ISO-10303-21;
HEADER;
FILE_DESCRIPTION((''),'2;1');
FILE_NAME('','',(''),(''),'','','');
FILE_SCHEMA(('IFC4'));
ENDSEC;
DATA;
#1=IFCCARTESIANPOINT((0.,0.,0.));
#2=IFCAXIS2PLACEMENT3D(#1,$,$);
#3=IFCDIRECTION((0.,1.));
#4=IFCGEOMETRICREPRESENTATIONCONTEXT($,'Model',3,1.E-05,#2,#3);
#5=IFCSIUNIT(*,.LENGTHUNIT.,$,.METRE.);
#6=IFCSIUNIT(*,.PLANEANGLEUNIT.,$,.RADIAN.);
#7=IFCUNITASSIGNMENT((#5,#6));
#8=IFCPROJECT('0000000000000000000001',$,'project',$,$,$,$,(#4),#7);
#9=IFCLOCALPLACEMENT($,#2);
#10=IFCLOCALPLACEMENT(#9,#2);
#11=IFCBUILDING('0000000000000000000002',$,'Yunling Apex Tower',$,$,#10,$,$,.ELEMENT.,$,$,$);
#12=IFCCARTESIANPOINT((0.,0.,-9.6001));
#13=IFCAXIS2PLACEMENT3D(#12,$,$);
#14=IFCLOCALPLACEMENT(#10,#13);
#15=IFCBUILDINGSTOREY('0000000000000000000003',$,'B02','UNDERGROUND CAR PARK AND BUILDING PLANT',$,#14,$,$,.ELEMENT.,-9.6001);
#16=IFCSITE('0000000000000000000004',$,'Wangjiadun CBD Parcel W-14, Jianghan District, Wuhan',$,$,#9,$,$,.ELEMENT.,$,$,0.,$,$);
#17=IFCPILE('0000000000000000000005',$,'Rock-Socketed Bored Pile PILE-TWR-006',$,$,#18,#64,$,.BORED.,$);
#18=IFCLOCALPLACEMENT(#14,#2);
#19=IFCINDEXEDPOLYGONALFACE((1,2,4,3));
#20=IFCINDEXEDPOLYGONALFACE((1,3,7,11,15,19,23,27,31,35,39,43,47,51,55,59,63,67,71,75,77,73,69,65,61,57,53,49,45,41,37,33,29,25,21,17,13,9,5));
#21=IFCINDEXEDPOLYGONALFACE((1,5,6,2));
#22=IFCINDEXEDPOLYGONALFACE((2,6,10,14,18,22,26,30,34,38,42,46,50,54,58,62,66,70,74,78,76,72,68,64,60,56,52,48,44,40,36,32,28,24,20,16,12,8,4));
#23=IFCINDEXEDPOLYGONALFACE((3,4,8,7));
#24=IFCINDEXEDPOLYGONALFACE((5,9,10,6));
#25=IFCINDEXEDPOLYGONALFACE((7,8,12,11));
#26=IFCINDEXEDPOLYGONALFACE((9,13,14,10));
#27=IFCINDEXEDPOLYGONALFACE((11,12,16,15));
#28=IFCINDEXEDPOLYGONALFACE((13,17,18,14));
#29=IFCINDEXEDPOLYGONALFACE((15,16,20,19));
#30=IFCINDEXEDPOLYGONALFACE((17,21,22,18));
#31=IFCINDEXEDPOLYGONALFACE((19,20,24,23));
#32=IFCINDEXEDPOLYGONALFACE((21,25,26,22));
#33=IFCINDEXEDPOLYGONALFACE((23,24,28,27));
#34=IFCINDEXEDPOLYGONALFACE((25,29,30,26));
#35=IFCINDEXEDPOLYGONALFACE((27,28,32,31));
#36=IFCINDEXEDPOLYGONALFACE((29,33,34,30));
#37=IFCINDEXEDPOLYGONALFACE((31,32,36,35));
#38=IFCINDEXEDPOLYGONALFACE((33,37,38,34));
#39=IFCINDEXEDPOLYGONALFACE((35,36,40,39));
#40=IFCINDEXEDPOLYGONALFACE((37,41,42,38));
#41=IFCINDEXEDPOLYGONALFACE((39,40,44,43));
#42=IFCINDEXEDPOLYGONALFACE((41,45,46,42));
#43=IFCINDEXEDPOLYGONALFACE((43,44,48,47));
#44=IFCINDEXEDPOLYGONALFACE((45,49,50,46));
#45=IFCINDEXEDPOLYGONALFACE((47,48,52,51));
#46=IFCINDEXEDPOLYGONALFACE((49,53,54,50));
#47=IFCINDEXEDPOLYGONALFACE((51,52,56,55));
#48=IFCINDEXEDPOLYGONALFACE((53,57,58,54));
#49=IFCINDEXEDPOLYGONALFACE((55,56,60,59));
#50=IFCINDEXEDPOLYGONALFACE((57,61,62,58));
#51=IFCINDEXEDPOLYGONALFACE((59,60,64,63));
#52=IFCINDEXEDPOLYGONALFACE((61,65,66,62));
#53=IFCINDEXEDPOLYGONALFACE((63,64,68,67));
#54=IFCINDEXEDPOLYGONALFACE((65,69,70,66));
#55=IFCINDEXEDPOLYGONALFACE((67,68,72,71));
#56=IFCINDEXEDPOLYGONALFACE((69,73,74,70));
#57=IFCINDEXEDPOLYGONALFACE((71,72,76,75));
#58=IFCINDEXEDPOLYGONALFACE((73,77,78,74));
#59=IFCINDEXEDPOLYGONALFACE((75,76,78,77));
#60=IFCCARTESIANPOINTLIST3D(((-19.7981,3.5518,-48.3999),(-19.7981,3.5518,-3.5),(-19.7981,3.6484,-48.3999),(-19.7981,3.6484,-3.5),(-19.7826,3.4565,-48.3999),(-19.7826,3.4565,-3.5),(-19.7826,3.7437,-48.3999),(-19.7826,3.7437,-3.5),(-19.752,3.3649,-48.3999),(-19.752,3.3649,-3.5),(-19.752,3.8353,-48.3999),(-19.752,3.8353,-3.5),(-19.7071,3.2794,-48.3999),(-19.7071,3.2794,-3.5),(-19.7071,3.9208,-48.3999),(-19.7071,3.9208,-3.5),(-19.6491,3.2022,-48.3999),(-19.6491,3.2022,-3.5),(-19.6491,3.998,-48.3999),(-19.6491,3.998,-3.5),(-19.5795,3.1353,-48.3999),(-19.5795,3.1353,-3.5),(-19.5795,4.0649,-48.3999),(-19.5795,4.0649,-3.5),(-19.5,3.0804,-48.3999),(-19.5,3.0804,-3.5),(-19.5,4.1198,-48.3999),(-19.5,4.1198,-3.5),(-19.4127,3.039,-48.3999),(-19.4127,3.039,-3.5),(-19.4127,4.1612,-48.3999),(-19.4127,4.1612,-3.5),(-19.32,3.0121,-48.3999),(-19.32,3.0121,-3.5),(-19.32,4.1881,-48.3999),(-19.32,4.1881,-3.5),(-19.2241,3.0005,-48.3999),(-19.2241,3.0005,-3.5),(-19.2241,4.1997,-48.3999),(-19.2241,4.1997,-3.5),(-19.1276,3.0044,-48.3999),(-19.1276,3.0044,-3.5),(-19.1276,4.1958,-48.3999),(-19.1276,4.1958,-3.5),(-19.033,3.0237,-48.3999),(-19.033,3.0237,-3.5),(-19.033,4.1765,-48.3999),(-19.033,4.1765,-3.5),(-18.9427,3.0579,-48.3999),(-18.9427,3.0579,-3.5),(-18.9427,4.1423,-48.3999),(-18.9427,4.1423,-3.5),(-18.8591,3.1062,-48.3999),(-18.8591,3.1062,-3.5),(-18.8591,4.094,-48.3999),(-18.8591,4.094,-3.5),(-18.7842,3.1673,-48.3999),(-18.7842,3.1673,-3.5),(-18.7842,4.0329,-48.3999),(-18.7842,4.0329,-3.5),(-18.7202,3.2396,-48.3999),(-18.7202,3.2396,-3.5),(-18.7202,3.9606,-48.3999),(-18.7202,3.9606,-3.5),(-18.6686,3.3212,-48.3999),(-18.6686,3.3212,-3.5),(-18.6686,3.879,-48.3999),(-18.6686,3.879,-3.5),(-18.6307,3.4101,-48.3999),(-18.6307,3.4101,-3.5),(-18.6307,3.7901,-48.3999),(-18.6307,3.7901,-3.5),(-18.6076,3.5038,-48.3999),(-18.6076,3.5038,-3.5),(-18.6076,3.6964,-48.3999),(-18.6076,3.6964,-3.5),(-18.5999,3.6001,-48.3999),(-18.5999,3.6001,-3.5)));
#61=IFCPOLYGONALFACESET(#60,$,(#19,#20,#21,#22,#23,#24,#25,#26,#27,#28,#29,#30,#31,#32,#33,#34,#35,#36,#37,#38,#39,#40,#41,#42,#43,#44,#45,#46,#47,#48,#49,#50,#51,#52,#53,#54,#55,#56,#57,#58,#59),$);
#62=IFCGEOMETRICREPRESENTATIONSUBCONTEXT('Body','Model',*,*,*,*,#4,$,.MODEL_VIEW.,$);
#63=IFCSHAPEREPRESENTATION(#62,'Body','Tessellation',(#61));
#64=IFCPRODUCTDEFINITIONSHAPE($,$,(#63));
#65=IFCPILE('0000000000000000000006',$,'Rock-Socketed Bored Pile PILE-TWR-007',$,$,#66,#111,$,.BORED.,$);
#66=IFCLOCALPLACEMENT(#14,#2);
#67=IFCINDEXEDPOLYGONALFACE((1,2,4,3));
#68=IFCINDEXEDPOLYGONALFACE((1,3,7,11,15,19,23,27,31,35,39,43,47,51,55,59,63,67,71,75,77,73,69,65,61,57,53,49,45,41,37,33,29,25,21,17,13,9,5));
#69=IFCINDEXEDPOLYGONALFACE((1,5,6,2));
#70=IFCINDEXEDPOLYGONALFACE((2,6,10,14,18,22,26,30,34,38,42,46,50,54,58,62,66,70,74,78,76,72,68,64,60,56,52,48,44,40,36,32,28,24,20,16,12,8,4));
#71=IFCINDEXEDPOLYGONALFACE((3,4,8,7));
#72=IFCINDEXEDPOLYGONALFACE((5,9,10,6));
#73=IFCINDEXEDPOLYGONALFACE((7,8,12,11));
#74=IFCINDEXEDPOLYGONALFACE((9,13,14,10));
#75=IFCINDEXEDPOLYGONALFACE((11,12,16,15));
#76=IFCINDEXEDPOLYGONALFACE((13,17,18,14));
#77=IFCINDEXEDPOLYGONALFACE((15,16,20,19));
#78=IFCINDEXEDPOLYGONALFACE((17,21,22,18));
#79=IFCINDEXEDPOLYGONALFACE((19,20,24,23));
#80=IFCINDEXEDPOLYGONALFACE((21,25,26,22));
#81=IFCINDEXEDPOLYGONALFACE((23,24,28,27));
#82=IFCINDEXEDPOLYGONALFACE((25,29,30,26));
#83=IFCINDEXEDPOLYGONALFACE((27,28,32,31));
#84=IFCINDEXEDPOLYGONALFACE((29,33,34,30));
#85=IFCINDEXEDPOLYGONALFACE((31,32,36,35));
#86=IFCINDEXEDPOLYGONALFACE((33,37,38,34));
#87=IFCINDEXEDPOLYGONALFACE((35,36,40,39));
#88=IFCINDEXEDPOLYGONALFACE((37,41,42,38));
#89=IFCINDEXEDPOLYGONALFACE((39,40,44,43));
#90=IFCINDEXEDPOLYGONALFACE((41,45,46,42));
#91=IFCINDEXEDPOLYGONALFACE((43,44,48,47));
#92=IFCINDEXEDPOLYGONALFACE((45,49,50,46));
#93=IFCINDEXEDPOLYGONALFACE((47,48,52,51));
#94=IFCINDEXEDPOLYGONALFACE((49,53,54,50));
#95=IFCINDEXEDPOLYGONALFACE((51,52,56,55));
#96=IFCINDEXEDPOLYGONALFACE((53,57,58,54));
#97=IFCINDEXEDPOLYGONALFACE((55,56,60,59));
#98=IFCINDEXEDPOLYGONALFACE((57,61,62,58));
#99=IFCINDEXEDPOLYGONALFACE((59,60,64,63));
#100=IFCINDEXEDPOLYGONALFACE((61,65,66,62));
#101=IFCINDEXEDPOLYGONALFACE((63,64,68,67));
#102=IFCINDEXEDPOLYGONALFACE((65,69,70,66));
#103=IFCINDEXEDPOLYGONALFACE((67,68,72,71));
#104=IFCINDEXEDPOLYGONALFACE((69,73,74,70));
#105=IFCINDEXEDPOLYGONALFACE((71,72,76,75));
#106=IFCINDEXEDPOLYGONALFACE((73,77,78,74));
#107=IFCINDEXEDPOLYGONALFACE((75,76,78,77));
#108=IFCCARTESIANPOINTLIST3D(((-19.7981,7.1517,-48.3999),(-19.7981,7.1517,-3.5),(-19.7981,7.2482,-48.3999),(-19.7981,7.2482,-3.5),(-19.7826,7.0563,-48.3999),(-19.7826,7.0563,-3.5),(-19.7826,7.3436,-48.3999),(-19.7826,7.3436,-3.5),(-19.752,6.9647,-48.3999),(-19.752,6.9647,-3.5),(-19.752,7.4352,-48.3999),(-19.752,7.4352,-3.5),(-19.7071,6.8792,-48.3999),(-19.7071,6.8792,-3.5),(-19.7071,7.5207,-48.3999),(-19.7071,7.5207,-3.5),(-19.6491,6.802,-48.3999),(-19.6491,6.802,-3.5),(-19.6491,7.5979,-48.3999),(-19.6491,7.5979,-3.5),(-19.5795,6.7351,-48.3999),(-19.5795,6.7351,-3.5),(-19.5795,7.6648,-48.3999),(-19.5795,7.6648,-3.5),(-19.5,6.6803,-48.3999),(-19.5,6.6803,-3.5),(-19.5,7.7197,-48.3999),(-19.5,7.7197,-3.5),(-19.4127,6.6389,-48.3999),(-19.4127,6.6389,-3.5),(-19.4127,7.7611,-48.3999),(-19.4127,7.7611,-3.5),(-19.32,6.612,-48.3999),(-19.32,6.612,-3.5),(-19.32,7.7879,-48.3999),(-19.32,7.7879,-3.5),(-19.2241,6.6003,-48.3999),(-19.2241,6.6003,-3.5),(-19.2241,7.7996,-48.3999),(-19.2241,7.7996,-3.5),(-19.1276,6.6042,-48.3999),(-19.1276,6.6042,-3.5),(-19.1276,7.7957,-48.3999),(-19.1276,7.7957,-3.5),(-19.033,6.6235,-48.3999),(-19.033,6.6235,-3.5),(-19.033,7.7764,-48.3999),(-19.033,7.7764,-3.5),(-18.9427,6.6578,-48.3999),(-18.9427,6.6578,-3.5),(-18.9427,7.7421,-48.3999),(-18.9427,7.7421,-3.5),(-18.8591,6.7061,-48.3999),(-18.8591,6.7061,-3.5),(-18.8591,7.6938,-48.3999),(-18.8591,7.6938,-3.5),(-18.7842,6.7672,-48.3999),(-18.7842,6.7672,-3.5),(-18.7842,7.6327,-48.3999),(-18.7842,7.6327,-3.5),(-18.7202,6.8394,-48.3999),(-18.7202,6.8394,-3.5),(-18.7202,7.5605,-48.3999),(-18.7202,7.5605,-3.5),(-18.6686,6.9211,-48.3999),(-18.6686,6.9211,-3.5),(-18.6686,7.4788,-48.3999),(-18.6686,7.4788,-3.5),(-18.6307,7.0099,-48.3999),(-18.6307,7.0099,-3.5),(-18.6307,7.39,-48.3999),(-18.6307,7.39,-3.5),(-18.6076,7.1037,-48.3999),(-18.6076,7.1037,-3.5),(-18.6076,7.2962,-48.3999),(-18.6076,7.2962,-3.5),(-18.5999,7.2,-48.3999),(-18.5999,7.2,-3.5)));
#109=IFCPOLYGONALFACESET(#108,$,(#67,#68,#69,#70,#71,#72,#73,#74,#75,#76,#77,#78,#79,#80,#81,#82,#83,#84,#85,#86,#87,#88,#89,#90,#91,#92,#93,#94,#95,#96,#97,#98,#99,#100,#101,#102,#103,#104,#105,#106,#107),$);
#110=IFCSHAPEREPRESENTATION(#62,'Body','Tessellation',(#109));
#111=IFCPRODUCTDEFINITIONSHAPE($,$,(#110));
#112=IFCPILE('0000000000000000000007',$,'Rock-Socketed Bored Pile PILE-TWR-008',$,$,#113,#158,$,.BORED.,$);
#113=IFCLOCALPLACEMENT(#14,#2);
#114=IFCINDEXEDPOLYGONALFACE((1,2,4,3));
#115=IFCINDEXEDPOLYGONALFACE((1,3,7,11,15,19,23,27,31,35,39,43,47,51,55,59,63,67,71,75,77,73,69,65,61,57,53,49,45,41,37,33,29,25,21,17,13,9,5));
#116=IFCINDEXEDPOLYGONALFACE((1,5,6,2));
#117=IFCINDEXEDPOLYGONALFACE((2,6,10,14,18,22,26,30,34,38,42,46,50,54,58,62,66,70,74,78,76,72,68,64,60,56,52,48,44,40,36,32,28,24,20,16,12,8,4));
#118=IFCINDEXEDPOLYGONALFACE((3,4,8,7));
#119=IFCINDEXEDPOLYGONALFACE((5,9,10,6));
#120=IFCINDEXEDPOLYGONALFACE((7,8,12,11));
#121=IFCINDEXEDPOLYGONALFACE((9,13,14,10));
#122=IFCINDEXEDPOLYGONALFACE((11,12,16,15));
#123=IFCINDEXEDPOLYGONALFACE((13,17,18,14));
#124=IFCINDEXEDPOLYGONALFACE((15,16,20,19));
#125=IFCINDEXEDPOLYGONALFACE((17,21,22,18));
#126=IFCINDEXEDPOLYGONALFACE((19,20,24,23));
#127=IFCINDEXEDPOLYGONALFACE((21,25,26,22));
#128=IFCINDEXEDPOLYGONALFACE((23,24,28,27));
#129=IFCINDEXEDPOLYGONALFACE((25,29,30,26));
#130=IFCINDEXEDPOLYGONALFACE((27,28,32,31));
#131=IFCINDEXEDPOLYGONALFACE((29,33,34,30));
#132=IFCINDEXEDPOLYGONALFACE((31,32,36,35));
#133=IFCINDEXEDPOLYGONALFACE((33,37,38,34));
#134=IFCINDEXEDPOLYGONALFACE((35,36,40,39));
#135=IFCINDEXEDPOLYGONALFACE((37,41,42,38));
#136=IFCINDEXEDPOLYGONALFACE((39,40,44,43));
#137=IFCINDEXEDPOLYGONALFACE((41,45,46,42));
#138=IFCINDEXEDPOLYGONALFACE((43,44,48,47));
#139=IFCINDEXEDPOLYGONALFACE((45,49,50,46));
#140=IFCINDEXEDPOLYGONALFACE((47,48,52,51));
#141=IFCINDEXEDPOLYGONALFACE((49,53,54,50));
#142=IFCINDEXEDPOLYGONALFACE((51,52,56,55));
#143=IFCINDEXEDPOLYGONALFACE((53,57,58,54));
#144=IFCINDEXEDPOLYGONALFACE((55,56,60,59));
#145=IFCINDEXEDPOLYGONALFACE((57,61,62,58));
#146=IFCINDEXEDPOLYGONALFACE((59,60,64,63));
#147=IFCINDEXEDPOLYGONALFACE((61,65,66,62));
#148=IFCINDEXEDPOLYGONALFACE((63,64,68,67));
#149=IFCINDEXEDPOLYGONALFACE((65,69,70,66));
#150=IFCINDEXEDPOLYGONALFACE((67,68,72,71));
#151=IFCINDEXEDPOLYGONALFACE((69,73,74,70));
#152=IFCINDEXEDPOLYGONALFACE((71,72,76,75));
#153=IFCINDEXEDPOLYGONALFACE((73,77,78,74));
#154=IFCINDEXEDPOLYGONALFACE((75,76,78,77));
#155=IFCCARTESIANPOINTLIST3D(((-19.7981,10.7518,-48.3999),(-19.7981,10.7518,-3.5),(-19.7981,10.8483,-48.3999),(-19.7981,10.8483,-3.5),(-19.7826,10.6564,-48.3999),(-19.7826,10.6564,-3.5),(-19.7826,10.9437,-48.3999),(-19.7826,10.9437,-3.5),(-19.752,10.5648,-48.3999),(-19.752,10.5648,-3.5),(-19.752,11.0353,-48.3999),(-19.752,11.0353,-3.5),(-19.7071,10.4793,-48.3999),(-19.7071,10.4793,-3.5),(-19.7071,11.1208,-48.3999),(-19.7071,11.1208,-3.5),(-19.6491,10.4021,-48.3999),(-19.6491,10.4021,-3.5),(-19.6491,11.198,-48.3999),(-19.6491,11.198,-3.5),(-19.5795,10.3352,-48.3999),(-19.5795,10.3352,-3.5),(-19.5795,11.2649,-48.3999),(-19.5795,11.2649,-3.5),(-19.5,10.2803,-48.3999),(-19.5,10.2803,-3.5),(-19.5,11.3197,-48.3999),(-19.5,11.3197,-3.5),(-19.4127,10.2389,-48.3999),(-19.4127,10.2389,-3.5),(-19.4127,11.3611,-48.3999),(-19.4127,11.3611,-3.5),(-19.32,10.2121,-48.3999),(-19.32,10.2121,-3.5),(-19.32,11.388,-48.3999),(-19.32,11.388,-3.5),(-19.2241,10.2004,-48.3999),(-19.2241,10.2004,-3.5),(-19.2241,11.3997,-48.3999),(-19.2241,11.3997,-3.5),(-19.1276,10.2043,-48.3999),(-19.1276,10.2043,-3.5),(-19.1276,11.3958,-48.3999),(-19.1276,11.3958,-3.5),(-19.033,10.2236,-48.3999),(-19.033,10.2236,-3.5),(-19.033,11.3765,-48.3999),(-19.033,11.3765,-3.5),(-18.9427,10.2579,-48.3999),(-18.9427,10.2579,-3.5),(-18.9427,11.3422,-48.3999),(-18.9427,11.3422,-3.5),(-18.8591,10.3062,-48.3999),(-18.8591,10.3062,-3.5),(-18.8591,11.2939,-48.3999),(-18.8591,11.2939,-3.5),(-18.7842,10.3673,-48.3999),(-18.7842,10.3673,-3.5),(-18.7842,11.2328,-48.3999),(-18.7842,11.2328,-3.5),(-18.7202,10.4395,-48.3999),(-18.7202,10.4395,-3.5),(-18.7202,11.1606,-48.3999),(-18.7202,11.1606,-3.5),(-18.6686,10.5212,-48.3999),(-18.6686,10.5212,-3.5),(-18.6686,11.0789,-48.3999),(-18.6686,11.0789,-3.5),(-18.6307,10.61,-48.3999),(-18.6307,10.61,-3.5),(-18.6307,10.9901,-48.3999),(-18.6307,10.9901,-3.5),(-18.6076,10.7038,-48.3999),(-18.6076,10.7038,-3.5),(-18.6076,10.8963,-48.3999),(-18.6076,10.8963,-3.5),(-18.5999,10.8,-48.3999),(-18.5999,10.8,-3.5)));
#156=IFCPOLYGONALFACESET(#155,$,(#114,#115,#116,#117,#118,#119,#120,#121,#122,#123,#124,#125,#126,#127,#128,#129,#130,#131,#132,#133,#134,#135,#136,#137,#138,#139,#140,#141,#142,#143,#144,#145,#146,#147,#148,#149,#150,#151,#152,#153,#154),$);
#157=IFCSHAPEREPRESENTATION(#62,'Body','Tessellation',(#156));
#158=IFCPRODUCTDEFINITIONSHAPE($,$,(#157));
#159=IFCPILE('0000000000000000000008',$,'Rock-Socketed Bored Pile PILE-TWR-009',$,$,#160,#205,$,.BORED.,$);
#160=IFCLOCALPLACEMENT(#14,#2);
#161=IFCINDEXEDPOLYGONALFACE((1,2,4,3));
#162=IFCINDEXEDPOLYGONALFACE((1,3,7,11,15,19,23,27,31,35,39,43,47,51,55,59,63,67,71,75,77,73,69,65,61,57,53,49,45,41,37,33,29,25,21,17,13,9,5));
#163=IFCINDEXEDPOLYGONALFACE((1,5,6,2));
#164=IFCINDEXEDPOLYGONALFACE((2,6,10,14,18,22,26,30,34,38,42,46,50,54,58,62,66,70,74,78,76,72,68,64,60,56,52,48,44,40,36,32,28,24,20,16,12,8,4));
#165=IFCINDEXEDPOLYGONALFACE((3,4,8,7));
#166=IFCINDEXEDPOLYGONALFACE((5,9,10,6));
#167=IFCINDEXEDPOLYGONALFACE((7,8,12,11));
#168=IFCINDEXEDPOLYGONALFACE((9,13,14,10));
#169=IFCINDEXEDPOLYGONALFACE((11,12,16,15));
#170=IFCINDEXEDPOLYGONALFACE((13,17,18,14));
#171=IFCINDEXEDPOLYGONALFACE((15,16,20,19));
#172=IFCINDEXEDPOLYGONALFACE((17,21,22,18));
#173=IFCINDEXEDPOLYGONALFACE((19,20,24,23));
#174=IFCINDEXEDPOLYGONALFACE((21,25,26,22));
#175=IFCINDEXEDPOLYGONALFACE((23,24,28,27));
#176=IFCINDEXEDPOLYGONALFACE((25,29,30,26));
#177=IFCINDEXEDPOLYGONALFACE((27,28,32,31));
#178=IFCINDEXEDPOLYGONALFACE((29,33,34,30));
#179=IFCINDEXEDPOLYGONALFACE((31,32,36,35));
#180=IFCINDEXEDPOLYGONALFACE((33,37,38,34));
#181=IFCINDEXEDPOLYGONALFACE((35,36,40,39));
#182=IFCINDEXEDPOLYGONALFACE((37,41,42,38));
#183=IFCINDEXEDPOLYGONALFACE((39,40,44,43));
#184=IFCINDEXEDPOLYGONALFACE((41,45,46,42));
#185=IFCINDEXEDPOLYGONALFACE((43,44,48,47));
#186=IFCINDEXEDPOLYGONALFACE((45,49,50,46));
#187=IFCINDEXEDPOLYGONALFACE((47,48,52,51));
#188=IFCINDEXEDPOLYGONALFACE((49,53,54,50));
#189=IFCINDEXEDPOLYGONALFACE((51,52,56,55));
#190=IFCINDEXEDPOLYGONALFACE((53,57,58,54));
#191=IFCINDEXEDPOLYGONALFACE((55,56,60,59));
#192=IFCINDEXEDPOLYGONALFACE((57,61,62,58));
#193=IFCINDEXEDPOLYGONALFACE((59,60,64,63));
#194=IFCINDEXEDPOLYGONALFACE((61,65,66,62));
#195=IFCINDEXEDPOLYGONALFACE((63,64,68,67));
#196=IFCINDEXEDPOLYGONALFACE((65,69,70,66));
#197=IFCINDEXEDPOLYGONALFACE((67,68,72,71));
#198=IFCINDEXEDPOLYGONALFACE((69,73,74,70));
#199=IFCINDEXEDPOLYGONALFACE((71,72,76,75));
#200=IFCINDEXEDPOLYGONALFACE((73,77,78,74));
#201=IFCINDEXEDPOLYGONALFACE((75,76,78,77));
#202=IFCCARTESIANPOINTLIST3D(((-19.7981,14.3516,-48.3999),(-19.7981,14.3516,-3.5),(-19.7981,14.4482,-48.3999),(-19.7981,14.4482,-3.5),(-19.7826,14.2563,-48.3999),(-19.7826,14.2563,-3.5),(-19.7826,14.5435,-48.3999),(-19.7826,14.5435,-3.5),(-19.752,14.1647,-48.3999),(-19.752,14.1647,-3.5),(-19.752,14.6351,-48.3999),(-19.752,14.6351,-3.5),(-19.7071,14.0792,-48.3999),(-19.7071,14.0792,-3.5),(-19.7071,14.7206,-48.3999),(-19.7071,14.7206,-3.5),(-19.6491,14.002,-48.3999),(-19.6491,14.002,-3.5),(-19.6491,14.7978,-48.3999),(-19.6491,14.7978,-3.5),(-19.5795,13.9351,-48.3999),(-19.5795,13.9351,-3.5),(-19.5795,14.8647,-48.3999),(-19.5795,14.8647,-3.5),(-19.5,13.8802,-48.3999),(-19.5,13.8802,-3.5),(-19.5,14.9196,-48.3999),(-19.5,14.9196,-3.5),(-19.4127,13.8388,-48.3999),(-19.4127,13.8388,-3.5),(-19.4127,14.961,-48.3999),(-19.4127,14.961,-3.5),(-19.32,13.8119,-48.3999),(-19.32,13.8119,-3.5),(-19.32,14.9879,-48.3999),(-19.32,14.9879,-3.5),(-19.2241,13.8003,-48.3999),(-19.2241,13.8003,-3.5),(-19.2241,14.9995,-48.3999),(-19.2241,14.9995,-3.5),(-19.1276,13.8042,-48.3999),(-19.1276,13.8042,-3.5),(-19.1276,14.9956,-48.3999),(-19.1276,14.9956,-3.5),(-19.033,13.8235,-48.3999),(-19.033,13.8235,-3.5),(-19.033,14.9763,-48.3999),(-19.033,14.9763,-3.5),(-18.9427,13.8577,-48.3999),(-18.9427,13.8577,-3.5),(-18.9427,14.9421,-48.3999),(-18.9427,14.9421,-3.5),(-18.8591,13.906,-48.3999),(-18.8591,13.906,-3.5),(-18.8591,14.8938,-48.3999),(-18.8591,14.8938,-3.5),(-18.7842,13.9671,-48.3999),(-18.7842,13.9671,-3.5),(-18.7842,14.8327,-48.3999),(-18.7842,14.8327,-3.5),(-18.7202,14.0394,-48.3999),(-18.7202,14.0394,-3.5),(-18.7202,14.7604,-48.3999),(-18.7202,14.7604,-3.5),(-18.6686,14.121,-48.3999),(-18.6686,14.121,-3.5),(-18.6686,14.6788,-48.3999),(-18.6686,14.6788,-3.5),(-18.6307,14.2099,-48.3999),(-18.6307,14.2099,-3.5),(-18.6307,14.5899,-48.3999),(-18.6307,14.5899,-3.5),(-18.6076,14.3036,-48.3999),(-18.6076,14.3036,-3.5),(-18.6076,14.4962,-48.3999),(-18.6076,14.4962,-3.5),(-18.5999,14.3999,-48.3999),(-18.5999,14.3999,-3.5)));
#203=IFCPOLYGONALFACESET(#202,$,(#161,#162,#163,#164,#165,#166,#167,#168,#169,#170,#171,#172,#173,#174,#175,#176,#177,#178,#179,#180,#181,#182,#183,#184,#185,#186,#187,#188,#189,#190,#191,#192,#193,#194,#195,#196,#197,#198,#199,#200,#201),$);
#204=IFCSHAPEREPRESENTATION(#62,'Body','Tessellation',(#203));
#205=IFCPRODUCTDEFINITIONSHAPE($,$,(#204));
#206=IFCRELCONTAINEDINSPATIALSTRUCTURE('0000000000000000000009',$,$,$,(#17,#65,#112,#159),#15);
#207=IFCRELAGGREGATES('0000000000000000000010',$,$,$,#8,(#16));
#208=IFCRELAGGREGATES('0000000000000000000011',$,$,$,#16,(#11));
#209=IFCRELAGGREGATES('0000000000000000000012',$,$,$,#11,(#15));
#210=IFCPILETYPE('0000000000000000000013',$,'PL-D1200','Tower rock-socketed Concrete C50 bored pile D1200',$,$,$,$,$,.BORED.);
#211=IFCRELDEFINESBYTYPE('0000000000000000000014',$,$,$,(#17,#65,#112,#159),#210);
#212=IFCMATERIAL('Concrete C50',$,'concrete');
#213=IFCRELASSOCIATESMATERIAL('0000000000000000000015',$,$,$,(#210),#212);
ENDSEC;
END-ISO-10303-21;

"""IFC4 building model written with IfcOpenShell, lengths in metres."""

from ifc_helpers import new_model, si_unit, direction, frame, origin, origin_2d, place, context, subcontext, project, spatial, circle, extrude, source, transform, mapped, material, material_profile, profile_set, type_object, element, save


model = new_model("IFC4")

# Units and contexts
model_context = context("Model", 3, precision=1e-05, world=origin(), true_north=direction((0.0, 1.0)))
body_context = subcontext(model_context, "Body", "Model", "MODEL_VIEW")
ifc_project = project(units=[si_unit("LENGTHUNIT", "METRE"), si_unit("PLANEANGLEUNIT", "RADIAN")], contexts=[model_context])

# Site, building, storey
site_placement = place(None, origin())
site = spatial("IfcSite", under=ifc_project, at=site_placement, Name="Wangjiadun CBD Parcel W-14, Jianghan District, Wuhan", CompositionType="ELEMENT", RefElevation=0.0)
building_placement = place(site_placement, origin())
building = spatial("IfcBuilding", under=site, at=building_placement, Name="Yunling Apex Tower", CompositionType="ELEMENT")
storey_placement = place(building_placement, frame((0.0, 0.0, -9.6001)))
storey = spatial("IfcBuildingStorey", under=building, at=storey_placement, Name="B02", Description="UNDERGROUND CAR PARK AND BUILDING PLANT", CompositionType="ELEMENT", Elevation=-9.6001)

# Piles
ifc_material_1 = material(Name="Concrete C50", Category="concrete")
ifc_material_profile_1 = material_profile(ifc_material_1, circle(Radius=0.6001, at=origin_2d()))
ifc_profile_set_1 = profile_set([ifc_material_profile_1], Name="Concrete C50")
pile_type = type_object("IfcPileType", Name="PL-D1200", Description="Tower rock-socketed Concrete C50 bored pile D1200", PredefinedType="BORED", material=ifc_profile_set_1)
shared_shape_1 = source(origin(), body_context, "Body", "SweptSolid", [
    extrude(circle(Radius=0.6001, at=origin_2d()), origin(), (0.0, 0.0, 1.0), 44.8999),
])
for number, where, z_axis, x_axis, name in (
    (1, (-19.2, 3.6001, -3.5), (0.0, 0.0, -1.0), (1.0, 0.0, 0.0), "Rock-Socketed Bored Pile PILE-TWR-006"),
    (2, (-19.2, 7.2, -3.5), (0.0, 0.0, -1.0), (1.0, 0.0, 0.0), "Rock-Socketed Bored Pile PILE-TWR-007"),
    (3, (-19.2, 10.8, -3.5), (0.0, 0.0, -1.0), (1.0, 0.0, 0.0), "Rock-Socketed Bored Pile PILE-TWR-008"),
    (4, (-19.2, 14.3999, -3.5), (0.0, 0.0, -1.0), (1.0, 0.0, 0.0), "Rock-Socketed Bored Pile PILE-TWR-009"),
):
    element("IfcPile", number, at=place(storey_placement, frame(where, z_axis=z_axis, x_axis=x_axis)), inside=storey, type_object=pile_type, Name=name, PredefinedType="BORED", context=body_context, shape_type="MappedRepresentation", body=[
        mapped(shared_shape_1, transform((0.0, 0.0, 0.0), scale=1.0)),
    ])

save(model, "model.ifc")
